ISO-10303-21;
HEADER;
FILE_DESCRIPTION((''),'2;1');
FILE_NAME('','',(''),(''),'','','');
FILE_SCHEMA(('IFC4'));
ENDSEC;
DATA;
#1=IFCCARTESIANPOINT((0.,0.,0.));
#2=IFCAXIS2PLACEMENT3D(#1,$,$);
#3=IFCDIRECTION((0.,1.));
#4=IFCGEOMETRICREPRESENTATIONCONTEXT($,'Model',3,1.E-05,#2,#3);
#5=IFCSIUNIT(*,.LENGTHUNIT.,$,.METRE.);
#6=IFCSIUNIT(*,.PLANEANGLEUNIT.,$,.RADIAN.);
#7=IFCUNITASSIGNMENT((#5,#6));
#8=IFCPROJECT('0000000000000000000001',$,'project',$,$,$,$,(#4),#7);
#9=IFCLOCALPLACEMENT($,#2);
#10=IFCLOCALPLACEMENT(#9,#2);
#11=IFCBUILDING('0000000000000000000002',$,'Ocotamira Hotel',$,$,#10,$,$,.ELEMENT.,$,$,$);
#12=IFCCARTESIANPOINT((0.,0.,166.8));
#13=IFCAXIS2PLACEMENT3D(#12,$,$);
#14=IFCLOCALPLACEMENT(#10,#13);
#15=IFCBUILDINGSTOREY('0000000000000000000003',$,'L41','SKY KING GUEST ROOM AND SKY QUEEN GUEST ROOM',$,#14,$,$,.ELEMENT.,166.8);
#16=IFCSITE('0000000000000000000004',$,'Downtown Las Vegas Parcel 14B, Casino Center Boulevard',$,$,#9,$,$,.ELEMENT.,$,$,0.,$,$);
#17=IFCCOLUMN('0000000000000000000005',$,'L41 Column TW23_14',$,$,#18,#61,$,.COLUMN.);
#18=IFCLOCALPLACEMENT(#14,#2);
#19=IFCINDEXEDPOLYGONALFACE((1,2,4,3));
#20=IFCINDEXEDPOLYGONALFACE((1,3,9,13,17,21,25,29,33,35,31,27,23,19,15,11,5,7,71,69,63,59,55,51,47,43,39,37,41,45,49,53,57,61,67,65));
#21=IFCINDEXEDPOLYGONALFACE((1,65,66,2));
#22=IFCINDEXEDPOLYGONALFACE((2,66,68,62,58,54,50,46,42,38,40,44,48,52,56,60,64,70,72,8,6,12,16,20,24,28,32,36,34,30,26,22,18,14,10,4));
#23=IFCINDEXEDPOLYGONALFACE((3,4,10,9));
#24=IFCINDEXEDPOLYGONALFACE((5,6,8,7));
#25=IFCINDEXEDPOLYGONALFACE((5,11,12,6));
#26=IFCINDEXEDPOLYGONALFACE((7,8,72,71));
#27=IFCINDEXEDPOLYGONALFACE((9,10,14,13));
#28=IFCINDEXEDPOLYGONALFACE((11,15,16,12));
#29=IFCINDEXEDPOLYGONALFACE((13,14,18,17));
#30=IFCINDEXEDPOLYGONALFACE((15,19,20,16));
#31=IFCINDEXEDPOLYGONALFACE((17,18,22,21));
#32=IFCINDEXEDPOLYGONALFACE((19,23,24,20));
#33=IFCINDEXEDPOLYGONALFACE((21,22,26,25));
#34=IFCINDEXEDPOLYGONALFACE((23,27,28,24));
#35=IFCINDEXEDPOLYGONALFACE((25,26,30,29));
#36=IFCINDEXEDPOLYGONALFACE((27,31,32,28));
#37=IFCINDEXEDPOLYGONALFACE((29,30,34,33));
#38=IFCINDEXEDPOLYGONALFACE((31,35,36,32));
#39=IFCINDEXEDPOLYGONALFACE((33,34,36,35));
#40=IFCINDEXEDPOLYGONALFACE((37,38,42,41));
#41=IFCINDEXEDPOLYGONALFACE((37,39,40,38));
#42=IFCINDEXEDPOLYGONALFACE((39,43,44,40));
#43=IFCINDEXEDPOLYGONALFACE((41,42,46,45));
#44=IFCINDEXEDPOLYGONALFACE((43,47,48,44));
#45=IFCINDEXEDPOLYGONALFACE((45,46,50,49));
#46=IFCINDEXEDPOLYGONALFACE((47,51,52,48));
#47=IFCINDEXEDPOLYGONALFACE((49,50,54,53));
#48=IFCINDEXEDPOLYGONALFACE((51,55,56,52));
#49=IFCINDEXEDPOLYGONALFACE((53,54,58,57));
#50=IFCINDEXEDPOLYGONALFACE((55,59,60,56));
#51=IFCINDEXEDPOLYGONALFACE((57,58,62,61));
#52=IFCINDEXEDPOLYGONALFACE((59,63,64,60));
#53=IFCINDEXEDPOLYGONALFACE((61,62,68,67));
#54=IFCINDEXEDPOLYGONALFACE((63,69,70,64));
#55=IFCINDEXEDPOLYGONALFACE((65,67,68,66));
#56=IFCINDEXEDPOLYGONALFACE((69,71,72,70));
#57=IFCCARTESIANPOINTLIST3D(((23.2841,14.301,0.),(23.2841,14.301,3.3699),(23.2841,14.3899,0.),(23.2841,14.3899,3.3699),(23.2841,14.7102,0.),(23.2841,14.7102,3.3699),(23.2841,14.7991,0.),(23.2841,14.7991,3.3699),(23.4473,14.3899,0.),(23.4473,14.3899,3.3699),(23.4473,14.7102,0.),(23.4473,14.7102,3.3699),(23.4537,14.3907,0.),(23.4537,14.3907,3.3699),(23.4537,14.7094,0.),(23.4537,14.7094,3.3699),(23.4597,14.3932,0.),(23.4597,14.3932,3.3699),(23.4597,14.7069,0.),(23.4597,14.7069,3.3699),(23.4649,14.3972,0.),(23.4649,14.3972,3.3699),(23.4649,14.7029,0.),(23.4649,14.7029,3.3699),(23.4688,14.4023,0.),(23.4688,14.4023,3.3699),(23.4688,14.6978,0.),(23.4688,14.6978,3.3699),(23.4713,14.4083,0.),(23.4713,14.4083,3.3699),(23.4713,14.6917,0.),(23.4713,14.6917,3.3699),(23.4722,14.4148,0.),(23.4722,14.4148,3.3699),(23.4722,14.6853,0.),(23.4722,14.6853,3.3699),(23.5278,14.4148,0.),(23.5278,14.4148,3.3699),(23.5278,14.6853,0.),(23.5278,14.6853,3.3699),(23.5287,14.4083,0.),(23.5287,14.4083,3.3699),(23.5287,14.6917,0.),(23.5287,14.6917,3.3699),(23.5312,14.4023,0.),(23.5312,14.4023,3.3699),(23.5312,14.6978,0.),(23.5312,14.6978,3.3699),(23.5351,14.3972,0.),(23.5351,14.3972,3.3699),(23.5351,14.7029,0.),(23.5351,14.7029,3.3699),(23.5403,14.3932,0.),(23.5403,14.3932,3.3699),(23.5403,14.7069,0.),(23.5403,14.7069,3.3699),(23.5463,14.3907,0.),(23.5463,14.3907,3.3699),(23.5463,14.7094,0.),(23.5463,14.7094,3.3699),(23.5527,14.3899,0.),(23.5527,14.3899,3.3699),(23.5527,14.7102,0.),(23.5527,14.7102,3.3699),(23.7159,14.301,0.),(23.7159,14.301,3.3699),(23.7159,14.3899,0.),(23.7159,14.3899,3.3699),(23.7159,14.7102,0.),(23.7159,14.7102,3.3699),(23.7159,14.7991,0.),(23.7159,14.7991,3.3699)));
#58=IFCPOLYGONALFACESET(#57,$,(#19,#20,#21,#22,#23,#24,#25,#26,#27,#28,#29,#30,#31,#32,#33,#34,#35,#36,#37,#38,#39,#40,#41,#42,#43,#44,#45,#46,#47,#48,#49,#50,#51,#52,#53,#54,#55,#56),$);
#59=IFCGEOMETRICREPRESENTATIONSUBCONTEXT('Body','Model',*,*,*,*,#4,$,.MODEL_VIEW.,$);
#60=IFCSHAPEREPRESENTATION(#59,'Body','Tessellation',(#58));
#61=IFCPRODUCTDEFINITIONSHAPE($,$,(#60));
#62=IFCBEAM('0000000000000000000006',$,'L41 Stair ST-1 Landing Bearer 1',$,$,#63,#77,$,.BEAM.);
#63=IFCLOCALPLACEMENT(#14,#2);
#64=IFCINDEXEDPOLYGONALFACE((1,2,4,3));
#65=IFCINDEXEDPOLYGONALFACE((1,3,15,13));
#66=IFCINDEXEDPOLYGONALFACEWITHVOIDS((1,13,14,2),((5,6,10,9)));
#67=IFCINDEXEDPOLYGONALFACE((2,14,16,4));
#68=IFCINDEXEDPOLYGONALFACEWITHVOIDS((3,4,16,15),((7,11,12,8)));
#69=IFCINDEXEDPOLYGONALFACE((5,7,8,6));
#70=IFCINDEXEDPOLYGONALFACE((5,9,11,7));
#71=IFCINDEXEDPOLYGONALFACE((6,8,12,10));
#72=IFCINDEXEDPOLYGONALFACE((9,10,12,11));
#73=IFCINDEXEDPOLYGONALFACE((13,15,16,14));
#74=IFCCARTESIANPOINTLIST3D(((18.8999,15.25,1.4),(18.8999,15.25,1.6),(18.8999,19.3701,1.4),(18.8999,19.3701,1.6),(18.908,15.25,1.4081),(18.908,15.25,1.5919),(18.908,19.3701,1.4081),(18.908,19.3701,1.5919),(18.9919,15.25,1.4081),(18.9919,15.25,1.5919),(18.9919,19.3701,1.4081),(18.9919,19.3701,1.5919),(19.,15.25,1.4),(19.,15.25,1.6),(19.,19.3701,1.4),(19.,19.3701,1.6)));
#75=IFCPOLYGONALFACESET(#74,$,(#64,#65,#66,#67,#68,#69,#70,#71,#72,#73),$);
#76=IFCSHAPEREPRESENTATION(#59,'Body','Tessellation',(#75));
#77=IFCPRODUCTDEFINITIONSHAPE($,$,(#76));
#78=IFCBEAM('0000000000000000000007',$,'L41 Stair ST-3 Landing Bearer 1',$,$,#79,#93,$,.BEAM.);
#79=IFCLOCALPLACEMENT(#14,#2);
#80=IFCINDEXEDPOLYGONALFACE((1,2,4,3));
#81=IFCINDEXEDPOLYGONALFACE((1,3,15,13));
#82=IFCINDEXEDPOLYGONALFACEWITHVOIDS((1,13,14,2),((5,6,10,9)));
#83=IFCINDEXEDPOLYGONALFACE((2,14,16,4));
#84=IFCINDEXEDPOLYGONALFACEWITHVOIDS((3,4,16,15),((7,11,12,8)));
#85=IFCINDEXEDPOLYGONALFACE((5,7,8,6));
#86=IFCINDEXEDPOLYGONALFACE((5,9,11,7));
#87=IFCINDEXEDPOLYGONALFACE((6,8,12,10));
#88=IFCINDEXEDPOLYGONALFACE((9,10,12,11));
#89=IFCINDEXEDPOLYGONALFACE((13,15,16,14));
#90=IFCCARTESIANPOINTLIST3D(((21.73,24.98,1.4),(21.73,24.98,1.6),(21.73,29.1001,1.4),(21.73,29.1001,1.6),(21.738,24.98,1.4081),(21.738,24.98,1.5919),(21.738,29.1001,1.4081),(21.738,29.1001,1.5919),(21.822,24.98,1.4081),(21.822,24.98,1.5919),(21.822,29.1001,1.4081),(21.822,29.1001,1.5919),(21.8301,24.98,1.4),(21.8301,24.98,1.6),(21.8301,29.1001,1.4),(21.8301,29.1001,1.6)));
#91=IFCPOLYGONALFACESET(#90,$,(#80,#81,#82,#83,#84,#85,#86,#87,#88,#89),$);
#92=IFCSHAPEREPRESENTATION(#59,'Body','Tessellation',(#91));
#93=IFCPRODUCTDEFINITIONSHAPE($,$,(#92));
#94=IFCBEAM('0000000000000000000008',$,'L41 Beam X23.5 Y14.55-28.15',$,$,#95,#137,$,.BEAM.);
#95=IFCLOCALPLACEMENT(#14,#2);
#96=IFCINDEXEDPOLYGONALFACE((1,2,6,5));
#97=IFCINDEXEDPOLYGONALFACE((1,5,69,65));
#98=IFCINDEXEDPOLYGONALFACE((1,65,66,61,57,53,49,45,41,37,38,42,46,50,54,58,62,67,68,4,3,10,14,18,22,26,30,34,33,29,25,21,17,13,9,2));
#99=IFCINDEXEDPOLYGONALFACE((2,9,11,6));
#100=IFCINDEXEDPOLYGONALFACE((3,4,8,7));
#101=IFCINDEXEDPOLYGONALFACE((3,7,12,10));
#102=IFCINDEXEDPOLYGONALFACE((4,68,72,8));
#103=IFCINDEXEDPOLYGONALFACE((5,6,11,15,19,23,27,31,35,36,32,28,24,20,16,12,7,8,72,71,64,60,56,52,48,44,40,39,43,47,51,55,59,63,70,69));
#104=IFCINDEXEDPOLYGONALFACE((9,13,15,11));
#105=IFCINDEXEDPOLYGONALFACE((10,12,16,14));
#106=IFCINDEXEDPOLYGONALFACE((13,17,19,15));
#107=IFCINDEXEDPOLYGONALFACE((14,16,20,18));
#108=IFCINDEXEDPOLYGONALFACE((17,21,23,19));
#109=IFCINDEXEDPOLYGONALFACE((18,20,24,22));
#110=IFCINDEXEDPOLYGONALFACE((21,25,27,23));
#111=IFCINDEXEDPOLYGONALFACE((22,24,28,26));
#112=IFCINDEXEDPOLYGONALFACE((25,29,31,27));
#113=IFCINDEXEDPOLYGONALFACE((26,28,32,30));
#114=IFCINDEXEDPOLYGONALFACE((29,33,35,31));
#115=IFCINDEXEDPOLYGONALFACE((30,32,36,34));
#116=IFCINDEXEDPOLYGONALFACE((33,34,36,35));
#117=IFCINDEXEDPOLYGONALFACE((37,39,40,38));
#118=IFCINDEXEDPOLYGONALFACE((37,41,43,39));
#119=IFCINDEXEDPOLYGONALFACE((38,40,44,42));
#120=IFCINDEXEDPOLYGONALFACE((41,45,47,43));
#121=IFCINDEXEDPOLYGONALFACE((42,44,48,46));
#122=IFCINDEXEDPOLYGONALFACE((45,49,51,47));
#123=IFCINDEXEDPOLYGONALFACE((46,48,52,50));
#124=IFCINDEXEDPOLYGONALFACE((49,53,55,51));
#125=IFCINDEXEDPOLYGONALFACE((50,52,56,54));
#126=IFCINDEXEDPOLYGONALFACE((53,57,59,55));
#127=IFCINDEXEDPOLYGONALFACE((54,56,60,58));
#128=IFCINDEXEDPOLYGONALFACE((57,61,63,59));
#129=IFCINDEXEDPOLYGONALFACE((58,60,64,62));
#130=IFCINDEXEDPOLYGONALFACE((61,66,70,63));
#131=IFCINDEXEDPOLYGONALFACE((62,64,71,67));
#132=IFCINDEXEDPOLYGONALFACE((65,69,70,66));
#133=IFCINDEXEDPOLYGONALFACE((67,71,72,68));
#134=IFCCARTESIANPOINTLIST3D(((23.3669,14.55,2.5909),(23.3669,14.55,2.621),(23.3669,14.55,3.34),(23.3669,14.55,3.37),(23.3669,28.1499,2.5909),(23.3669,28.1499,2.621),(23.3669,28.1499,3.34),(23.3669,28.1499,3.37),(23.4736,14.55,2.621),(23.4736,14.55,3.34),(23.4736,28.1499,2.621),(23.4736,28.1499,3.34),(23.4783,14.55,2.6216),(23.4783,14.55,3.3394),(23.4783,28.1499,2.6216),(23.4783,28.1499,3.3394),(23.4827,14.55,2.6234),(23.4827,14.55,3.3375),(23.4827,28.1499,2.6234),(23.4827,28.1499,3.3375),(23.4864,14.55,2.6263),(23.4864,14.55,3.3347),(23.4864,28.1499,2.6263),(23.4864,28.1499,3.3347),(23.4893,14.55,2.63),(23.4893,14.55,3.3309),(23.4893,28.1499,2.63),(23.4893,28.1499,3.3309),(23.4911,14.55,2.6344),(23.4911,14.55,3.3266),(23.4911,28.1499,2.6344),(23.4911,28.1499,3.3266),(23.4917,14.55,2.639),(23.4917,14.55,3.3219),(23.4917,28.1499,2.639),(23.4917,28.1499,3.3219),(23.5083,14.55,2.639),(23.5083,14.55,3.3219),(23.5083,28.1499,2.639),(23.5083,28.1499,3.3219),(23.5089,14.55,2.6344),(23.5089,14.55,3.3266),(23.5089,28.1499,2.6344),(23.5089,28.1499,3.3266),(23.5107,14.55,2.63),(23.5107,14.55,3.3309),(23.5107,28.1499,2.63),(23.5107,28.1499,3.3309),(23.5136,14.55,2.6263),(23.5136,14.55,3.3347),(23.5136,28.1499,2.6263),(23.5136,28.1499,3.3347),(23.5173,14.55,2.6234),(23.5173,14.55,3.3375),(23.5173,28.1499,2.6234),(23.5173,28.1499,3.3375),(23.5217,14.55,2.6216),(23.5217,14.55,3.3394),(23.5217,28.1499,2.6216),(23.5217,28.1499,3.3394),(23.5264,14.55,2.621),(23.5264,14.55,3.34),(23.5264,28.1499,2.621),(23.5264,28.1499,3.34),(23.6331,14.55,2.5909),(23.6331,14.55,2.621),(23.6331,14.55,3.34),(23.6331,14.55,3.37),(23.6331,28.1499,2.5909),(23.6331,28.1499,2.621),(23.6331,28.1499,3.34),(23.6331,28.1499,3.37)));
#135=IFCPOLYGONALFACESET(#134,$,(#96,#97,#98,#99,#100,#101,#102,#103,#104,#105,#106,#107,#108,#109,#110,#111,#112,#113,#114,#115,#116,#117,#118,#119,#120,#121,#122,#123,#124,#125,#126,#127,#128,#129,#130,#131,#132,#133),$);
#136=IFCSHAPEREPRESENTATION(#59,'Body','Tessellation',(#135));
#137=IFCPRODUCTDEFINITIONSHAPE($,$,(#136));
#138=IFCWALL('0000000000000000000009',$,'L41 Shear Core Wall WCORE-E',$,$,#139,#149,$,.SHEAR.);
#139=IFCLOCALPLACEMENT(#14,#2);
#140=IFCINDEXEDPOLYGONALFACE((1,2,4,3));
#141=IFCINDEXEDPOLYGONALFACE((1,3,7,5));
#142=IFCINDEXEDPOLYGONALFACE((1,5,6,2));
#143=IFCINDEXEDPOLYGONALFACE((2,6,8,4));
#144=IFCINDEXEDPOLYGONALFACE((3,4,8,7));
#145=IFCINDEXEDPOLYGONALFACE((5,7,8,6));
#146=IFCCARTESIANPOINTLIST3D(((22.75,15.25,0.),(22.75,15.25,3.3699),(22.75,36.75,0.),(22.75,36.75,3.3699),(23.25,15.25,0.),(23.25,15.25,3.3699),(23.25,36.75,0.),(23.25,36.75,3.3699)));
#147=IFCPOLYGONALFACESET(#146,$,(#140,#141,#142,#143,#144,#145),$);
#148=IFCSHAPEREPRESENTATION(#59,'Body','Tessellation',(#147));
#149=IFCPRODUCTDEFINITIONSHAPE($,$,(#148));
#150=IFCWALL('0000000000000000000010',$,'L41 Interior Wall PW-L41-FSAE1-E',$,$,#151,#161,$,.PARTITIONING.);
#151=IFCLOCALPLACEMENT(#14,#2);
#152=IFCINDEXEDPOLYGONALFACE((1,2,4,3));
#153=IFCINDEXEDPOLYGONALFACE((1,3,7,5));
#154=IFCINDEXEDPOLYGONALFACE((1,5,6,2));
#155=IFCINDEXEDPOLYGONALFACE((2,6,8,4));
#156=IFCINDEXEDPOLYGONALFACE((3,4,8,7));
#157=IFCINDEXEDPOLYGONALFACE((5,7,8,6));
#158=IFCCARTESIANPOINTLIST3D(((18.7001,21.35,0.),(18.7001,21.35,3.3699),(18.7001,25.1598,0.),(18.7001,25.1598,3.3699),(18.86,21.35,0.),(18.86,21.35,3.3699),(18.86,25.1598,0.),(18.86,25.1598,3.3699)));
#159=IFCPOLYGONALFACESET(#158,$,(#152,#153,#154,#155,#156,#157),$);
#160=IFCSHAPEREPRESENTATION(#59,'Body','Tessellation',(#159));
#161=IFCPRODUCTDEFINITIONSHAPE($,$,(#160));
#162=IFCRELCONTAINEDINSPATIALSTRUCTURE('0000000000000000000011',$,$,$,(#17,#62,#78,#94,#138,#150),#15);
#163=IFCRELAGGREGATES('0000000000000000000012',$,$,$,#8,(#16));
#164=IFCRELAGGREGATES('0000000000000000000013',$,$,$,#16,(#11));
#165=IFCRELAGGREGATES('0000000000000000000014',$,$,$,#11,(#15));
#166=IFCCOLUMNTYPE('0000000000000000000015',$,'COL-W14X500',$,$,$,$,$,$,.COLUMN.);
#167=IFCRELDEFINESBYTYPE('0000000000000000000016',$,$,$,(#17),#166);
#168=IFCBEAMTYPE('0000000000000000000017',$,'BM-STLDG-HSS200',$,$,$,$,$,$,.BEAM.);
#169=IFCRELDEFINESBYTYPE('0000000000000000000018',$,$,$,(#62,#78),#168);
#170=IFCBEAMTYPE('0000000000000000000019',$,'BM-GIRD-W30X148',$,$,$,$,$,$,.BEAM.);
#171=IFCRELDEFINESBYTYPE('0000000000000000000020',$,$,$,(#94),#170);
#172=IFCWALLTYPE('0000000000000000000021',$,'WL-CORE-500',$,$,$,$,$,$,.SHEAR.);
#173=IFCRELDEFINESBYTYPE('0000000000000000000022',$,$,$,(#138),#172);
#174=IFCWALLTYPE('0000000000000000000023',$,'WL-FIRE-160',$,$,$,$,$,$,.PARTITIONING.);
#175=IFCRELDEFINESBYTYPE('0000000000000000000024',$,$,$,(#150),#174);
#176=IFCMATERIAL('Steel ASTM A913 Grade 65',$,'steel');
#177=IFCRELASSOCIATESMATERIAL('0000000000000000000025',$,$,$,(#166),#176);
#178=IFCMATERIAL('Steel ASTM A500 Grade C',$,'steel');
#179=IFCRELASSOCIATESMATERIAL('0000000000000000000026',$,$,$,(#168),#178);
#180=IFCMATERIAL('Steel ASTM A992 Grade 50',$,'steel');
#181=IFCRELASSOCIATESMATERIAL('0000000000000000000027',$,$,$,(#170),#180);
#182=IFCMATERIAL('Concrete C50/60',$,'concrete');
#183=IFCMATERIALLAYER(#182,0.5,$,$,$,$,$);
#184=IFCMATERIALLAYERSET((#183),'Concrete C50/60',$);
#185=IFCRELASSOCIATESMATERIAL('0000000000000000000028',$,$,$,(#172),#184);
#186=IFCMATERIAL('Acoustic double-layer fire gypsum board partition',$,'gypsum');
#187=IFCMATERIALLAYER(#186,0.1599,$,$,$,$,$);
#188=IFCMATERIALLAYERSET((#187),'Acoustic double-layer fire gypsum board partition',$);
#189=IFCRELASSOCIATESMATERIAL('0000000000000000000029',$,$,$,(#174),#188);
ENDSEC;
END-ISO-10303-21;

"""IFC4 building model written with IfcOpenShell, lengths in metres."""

from ifc_helpers import new_model, si_unit, direction, frame, frame_2d, origin, origin_2d, place, context, subcontext, project, spatial, rectangle, hollow_rectangle, i_section, extrude, source, transform, mapped, material, layer, layer_set, material_profile, profile_set, type_object, element, save


model = new_model("IFC4")

# Units and contexts
model_context = context("Model", 3, precision=1e-05, world=origin(), true_north=direction((0.0, 1.0)))
body_context = subcontext(model_context, "Body", "Model", "MODEL_VIEW")
ifc_project = project(units=[si_unit("LENGTHUNIT", "METRE"), si_unit("PLANEANGLEUNIT", "RADIAN")], contexts=[model_context])

# Site, building, storey
site_placement = place(None, origin())
site = spatial("IfcSite", under=ifc_project, at=site_placement, Name="Downtown Las Vegas Parcel 14B, Casino Center Boulevard", CompositionType="ELEMENT", RefElevation=0.0)
building_placement = place(site_placement, origin())
building = spatial("IfcBuilding", under=site, at=building_placement, Name="Ocotamira Hotel", CompositionType="ELEMENT")
storey_placement = place(building_placement, frame((0.0, 0.0, 166.8)))
storey = spatial("IfcBuildingStorey", under=building, at=storey_placement, Name="L41", Description="SKY KING GUEST ROOM AND SKY QUEEN GUEST ROOM", CompositionType="ELEMENT", Elevation=166.8)

# Column
ifc_material_1 = material(Name="Steel ASTM A913 Grade 65", Category="steel")
ifc_material_profile_1 = material_profile(ifc_material_1, i_section(OverallWidth=0.4319, OverallDepth=0.498, WebThickness=0.0557, FlangeThickness=0.0889, FilletRadius=0.0249, at=origin_2d()), Name="W14X500")
ifc_profile_set_1 = profile_set([ifc_material_profile_1], Name="Steel ASTM A913 Grade 65")
column_type = type_object("IfcColumnType", Name="COL-W14X500", PredefinedType="COLUMN", material=ifc_profile_set_1)
shared_shape_1 = source(origin(), body_context, "Body", "SweptSolid", [
    extrude(i_section(OverallWidth=0.4319, OverallDepth=0.498, WebThickness=0.0557, FlangeThickness=0.0889, FilletRadius=0.0249, at=origin_2d()), origin(), (0.0, 0.0, 1.0), 3.3699),
])
column_placement = place(storey_placement, frame((23.5, 14.55, 0.0), z_axis=(0.0, 0.0, 1.0), x_axis=(1.0, 0.0, 0.0)))
element("IfcColumn", 1, at=column_placement, inside=storey, type_object=column_type, Name="L41 Column TW23_14", PredefinedType="COLUMN", context=body_context, shape_type="MappedRepresentation", body=[
    mapped(shared_shape_1, transform((0.0, 0.0, 0.0), scale=1.0)),
])

# Beams
ifc_material_2 = material(Name="Steel ASTM A500 Grade C", Category="steel")
ifc_material_profile_2 = material_profile(ifc_material_2, hollow_rectangle(XDim=0.1001, YDim=0.2, WallThickness=0.0081, at=origin_2d()), Name="HSS200X100X8")
ifc_profile_set_2 = profile_set([ifc_material_profile_2], Name="Steel ASTM A500 Grade C")
beam_type_1 = type_object("IfcBeamType", Name="BM-STLDG-HSS200", PredefinedType="BEAM", material=ifc_profile_set_2)
shared_shape_2 = source(origin(), body_context, "Body", "SweptSolid", [
    extrude(hollow_rectangle(XDim=0.1001, YDim=0.2, WallThickness=0.0081, at=origin_2d()), origin(), (0.0, 0.0, 1.0), 4.1201),
])
for number, where, z_axis, x_axis, name in (
    (2, (18.95, 15.25, 1.5), (0.0, 1.0, 0.0), (-1.0, 0.0, 0.0), "L41 Stair ST-1 Landing Bearer 1"),
    (3, (21.78, 24.98, 1.5), (0.0, 1.0, 0.0), (-1.0, 0.0, 0.0), "L41 Stair ST-3 Landing Bearer 1"),
):
    element("IfcBeam", number, at=place(storey_placement, frame(where, z_axis=z_axis, x_axis=x_axis)), inside=storey, type_object=beam_type_1, Name=name, PredefinedType="BEAM", context=body_context, shape_type="MappedRepresentation", body=[
        mapped(shared_shape_2, transform((0.0, 0.0, 0.0), scale=1.0)),
    ])
ifc_material_3 = material(Name="Steel ASTM A992 Grade 50", Category="steel")
ifc_material_profile_3 = material_profile(ifc_material_3, i_section(OverallWidth=0.2661, OverallDepth=0.7791, WebThickness=0.0166, FlangeThickness=0.03, FilletRadius=0.0181, at=origin_2d()), Name="W30X148")
ifc_profile_set_3 = profile_set([ifc_material_profile_3], Name="Steel ASTM A992 Grade 50")
beam_type_2 = type_object("IfcBeamType", Name="BM-GIRD-W30X148", PredefinedType="BEAM", material=ifc_profile_set_3)
shared_shape_3 = source(origin(), body_context, "Body", "SweptSolid", [
    extrude(i_section(OverallWidth=0.2661, OverallDepth=0.7791, WebThickness=0.0166, FlangeThickness=0.03, FilletRadius=0.0181, at=origin_2d()), origin(), (0.0, 0.0, 1.0), 13.5999),
])
beam_placement = place(storey_placement, frame((23.5, 14.55, 2.9805), z_axis=(0.0, 1.0, 0.0), x_axis=(-1.0, 0.0, 0.0)))
element("IfcBeam", 4, at=beam_placement, inside=storey, type_object=beam_type_2, Name="L41 Beam X23.5 Y14.55-28.15", PredefinedType="BEAM", context=body_context, shape_type="MappedRepresentation", body=[
    mapped(shared_shape_3, transform((0.0, 0.0, 0.0), scale=1.0)),
])

# Walls
ifc_material_4 = material(Name="Concrete C50/60", Category="concrete")
ifc_layer_1 = layer(ifc_material_4, 0.5)
ifc_layer_set_1 = layer_set([ifc_layer_1], Name="Concrete C50/60")
wall_type_1 = type_object("IfcWallType", Name="WL-CORE-500", PredefinedType="SHEAR", material=ifc_layer_set_1)
wall_1_placement = place(storey_placement, frame((23.0, 15.25, 0.0), z_axis=(0.0, 0.0, 1.0), x_axis=(0.0, 1.0, 0.0)))
element("IfcWall", 5, at=wall_1_placement, inside=storey, type_object=wall_type_1, Name="L41 Shear Core Wall WCORE-E", PredefinedType="SHEAR", context=body_context, shape_type="SweptSolid", body=[
    extrude(rectangle(XDim=21.5, YDim=0.5, at=frame_2d((10.75, 0.0))), origin(), (0.0, 0.0, 1.0), 3.3699),
])
ifc_material_5 = material(Name="Acoustic double-layer fire gypsum board partition", Category="gypsum")
ifc_layer_2 = layer(ifc_material_5, 0.1599)
ifc_layer_set_2 = layer_set([ifc_layer_2], Name="Acoustic double-layer fire gypsum board partition")
wall_type_2 = type_object("IfcWallType", Name="WL-FIRE-160", PredefinedType="PARTITIONING", material=ifc_layer_set_2)
wall_2_placement = place(storey_placement, frame((18.78, 21.3501, 0.0), z_axis=(0.0, 0.0, 1.0), x_axis=(0.0, 1.0, 0.0)))
element("IfcWall", 6, at=wall_2_placement, inside=storey, type_object=wall_type_2, Name="L41 Interior Wall PW-L41-FSAE1-E", PredefinedType="PARTITIONING", context=body_context, shape_type="SweptSolid", body=[
    extrude(rectangle(XDim=3.8098, YDim=0.1599, at=frame_2d((1.9048, 0.0))), origin(), (0.0, 0.0, 1.0), 3.3699),
])

save(model, "model.ifc")
